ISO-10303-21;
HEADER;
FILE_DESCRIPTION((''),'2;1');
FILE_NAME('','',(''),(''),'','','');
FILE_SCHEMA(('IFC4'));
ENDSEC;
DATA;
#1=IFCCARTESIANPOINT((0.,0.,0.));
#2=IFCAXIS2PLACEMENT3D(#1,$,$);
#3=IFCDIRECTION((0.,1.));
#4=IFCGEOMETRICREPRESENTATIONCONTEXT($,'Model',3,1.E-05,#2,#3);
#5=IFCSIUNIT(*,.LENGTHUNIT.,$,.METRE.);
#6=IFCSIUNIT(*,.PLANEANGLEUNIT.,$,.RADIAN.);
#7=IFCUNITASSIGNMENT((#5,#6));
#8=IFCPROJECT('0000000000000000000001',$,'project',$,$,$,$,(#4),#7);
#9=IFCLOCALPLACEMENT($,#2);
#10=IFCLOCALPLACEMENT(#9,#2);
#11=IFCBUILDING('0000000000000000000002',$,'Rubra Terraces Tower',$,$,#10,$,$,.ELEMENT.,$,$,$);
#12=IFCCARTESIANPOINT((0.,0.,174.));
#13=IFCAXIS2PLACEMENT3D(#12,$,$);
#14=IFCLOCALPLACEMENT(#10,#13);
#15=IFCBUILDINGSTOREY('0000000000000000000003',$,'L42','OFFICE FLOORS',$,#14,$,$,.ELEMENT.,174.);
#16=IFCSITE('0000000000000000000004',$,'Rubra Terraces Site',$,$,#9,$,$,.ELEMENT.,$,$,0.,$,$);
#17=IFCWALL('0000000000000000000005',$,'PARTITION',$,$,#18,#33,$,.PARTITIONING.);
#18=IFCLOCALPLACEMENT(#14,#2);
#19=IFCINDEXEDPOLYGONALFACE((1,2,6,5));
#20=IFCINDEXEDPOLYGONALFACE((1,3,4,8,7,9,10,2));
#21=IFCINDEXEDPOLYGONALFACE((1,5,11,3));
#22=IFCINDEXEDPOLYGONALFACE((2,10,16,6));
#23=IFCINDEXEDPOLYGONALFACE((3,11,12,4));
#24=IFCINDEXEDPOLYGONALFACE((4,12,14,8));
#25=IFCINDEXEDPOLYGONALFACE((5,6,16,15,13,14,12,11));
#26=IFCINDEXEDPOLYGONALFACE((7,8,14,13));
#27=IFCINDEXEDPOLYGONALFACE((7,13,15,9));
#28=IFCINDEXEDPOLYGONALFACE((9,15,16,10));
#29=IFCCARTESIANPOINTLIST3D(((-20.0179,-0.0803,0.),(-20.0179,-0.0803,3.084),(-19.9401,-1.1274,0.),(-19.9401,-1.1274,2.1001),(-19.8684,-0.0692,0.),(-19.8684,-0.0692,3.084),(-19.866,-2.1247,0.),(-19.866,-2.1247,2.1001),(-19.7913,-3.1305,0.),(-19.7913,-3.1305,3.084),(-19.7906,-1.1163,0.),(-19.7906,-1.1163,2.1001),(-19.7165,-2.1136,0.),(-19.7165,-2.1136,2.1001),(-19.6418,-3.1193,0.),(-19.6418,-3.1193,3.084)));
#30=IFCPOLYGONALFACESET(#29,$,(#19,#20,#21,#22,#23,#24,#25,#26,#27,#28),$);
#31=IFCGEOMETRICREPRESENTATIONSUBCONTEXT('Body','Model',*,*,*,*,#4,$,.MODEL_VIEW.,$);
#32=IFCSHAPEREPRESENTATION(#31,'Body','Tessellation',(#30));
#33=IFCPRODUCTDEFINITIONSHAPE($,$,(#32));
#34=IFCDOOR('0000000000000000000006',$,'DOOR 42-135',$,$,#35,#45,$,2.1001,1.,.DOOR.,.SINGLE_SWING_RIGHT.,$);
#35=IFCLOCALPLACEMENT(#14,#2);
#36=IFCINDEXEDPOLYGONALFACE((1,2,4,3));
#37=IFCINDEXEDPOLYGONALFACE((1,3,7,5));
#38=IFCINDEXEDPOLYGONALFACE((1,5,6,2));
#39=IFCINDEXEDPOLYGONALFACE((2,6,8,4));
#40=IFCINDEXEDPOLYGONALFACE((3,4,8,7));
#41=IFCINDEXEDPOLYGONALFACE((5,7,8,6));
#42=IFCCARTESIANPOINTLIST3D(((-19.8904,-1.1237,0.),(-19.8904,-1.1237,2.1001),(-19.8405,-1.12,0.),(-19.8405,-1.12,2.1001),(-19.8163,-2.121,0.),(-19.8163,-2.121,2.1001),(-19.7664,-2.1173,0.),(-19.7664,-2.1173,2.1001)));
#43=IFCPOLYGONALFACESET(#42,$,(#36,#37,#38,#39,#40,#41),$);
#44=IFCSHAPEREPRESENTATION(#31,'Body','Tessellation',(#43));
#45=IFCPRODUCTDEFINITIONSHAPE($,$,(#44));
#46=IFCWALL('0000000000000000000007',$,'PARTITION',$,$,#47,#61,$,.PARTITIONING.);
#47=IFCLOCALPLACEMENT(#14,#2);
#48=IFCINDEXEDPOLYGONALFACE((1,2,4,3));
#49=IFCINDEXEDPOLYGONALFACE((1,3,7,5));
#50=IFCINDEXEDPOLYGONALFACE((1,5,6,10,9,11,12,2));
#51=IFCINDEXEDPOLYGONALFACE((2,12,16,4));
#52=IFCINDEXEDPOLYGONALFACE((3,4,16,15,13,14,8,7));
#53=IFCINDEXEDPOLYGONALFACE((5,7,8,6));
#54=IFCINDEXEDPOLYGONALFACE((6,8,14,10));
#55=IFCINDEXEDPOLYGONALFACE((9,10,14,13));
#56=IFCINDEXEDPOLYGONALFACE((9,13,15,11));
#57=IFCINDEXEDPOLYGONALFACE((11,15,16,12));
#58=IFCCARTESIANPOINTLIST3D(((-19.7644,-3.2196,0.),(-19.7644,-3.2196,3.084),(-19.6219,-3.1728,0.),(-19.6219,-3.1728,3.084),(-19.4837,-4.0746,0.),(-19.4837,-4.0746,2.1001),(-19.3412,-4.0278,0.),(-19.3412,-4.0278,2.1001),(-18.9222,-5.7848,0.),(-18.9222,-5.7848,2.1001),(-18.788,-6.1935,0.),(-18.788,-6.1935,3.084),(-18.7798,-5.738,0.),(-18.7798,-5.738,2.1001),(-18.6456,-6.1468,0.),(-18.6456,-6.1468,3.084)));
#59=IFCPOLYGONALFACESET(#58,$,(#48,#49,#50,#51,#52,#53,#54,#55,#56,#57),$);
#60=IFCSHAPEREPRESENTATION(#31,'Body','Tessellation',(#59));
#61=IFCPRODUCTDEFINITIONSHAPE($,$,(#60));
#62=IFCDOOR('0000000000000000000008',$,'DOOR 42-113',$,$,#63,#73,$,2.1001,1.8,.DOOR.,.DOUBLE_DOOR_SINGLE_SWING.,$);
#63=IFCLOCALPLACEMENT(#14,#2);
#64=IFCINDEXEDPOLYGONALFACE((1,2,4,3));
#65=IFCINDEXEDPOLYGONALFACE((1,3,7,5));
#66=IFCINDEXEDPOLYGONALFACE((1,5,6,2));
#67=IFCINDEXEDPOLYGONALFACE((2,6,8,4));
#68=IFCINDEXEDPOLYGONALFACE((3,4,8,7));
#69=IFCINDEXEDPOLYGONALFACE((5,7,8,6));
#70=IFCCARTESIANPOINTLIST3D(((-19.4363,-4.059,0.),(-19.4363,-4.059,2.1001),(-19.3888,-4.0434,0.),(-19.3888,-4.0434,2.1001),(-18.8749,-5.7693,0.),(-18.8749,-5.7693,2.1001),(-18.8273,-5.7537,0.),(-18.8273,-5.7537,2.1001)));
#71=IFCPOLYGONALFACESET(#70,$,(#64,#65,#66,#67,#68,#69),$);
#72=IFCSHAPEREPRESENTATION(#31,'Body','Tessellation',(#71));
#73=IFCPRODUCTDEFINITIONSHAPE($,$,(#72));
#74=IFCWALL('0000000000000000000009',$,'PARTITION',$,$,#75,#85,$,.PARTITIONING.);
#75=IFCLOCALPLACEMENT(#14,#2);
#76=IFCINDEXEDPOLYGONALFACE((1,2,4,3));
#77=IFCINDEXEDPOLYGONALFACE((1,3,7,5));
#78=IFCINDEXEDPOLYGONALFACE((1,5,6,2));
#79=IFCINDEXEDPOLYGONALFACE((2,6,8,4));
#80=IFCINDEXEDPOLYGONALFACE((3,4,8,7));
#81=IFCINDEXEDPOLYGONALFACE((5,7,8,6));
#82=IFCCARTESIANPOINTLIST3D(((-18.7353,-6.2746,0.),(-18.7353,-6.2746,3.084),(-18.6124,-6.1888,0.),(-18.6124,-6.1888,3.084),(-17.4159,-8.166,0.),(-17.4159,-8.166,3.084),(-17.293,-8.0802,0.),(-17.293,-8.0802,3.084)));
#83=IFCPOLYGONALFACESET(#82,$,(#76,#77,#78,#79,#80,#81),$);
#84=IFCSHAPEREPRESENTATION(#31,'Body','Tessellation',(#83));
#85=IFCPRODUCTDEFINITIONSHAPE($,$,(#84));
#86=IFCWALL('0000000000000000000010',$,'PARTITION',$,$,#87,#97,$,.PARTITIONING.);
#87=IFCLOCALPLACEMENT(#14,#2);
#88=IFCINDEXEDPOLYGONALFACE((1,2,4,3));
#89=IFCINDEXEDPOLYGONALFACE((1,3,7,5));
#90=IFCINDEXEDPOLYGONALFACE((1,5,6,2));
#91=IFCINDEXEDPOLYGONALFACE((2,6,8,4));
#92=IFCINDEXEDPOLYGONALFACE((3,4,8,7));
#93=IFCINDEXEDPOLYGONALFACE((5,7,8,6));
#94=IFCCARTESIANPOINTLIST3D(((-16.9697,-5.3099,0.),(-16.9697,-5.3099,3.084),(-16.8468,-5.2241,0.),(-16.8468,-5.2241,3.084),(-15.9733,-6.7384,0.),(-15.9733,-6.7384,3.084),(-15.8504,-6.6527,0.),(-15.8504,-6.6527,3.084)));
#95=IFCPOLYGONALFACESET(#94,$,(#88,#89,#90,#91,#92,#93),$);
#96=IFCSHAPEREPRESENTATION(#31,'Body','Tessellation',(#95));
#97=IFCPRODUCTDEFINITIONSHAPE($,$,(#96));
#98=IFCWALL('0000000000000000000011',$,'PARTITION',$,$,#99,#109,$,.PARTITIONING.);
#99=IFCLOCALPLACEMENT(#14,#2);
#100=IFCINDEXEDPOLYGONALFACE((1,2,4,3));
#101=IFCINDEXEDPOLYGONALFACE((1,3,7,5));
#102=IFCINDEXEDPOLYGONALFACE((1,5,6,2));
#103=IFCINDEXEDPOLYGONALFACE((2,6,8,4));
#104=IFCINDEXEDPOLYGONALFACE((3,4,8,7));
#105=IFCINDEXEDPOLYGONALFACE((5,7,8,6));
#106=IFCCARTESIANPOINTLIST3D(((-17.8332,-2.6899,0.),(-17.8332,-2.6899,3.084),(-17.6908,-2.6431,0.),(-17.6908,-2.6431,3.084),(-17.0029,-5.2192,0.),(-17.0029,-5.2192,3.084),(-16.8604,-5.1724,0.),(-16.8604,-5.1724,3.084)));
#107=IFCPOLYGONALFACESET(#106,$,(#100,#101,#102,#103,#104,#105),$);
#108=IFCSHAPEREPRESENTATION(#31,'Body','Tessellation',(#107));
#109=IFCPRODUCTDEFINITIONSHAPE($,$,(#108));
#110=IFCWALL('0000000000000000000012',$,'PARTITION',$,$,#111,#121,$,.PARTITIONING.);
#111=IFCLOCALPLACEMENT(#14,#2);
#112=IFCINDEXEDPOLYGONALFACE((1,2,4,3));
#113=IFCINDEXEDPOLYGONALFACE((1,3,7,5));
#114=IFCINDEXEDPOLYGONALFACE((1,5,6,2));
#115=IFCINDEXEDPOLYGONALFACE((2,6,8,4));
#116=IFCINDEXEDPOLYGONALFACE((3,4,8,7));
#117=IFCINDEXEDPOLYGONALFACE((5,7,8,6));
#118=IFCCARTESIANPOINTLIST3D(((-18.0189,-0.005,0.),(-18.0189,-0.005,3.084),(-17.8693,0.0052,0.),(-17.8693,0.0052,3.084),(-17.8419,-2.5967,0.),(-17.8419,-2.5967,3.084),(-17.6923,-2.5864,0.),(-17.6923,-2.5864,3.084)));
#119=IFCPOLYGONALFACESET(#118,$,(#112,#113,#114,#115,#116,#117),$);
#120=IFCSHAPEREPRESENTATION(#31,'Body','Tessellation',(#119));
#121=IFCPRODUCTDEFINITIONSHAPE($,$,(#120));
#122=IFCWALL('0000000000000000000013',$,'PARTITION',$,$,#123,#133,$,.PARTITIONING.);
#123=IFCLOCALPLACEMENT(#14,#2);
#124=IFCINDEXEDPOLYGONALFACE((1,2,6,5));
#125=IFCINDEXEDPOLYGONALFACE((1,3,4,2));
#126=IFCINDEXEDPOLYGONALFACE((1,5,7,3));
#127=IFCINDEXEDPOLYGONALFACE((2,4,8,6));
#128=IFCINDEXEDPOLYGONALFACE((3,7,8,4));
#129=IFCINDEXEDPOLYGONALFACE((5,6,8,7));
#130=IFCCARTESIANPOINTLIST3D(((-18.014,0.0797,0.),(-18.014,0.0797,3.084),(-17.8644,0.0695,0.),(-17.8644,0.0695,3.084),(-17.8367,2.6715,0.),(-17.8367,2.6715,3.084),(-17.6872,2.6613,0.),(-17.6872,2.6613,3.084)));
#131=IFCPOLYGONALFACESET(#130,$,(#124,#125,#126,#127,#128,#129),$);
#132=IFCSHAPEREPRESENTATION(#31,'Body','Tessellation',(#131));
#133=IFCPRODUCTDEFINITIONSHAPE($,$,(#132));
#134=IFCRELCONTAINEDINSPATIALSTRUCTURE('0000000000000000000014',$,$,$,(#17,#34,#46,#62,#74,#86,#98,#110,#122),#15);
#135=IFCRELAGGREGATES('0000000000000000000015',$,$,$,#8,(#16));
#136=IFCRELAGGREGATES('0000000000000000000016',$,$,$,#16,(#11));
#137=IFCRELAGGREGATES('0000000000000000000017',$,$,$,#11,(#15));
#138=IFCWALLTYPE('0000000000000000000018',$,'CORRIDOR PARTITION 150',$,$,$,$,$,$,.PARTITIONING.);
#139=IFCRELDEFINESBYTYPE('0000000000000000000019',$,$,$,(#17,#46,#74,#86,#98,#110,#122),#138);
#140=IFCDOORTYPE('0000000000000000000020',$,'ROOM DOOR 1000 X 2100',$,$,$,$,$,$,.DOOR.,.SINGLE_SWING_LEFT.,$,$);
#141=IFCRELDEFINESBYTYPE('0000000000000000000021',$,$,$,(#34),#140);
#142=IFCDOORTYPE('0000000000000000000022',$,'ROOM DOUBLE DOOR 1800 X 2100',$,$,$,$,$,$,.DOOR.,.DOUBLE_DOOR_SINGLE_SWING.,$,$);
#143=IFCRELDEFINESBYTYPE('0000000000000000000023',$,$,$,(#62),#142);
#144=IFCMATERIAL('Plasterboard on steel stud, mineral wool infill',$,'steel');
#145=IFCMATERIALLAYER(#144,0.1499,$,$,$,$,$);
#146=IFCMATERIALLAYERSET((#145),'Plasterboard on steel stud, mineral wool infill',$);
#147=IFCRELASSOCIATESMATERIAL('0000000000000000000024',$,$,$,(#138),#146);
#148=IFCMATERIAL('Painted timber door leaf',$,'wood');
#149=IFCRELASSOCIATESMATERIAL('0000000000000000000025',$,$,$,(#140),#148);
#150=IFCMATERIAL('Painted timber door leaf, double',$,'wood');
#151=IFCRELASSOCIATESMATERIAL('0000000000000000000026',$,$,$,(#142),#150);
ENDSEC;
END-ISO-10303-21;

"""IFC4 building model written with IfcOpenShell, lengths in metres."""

from ifc_helpers import new_model, si_unit, direction, frame, frame_2d, origin, place, context, subcontext, project, spatial, rectangle, extrude, material, layer, layer_set, type_object, element, fill, save


model = new_model("IFC4")

# Units and contexts
model_context = context("Model", 3, precision=1e-05, world=origin(), true_north=direction((0.0, 1.0)))
body_context = subcontext(model_context, "Body", "Model", "MODEL_VIEW")
ifc_project = project(units=[si_unit("LENGTHUNIT", "METRE"), si_unit("PLANEANGLEUNIT", "RADIAN")], contexts=[model_context])

# Site, building, storey
site_placement = place(None, origin())
site = spatial("IfcSite", under=ifc_project, at=site_placement, Name="Rubra Terraces Site", CompositionType="ELEMENT", RefElevation=0.0)
building_placement = place(site_placement, origin())
building = spatial("IfcBuilding", under=site, at=building_placement, Name="Rubra Terraces Tower", CompositionType="ELEMENT")
storey_placement = place(building_placement, frame((0.0, 0.0, 174.0)))
storey = spatial("IfcBuildingStorey", under=building, at=storey_placement, Name="L42", Description="OFFICE FLOORS", CompositionType="ELEMENT", Elevation=174.0)

# Walls, openings, doors
ifc_material_1 = material(Name="Plasterboard on steel stud, mineral wool infill", Category="steel")
ifc_layer_1 = layer(ifc_material_1, 0.1499)
ifc_layer_set_1 = layer_set([ifc_layer_1], Name="Plasterboard on steel stud, mineral wool infill")
wall_type_1 = type_object("IfcWallType", Name="CORRIDOR PARTITION 150", PredefinedType="PARTITIONING", material=ifc_layer_set_1)
wall_1_placement = place(storey_placement, frame((-19.9431, -0.0747, 0.0), z_axis=(0.0, 0.0, 1.0), x_axis=(0.074072, -0.997253, 0.0)))
wall_1 = element("IfcWall", 1, at=wall_1_placement, inside=storey, type_object=wall_type_1, Name="PARTITION", PredefinedType="PARTITIONING", context=body_context, shape_type="SweptSolid", body=[
    extrude(rectangle(XDim=3.0586, YDim=0.1499, at=frame_2d((1.5293, 0.0))), origin(), (0.0, 0.0, 1.0), 3.084),
])
opening_1_placement = place(wall_1_placement, frame((1.05, 0.0, 0.0)))
opening_1 = element("IfcOpeningElement", 2, at=opening_1_placement, cuts=wall_1, PredefinedType="OPENING", context=body_context, shape_type="SweptSolid", body=[
    extrude(rectangle(XDim=1.0, YDim=2.1001, at=frame_2d((0.5, 1.05))), frame((0.0, 0.085, 0.0), z_axis=(0.0, -1.0, 0.0), x_axis=(1.0, 0.0, 0.0)), (0.0, 0.0, 1.0), 0.1699),
])
ifc_material_2 = material(Name="Painted timber door leaf", Category="wood")
door_type_1 = type_object("IfcDoorType", Name="ROOM DOOR 1000 X 2100", OperationType="SINGLE_SWING_LEFT", PredefinedType="DOOR", material=ifc_material_2)
door_1_placement = place(opening_1_placement, origin())
door_1 = element("IfcDoor", 3, at=door_1_placement, inside=storey, type_object=door_type_1, Name="DOOR 42-135", OperationType="SINGLE_SWING_RIGHT", OverallHeight=2.1001, OverallWidth=1.0, PredefinedType="DOOR", context=body_context, shape_type="SweptSolid", body=[
    extrude(rectangle(XDim=1.0, YDim=2.1001, at=frame_2d((0.5, 1.05))), frame((0.0, 0.0249, 0.0), z_axis=(0.0, -1.0, 0.0), x_axis=(1.0, 0.0, 0.0)), (0.0, 0.0, 1.0), 0.05),
])
fill(opening_1, door_1)
wall_2_placement = place(storey_placement, frame((-19.6931, -3.1963, 0.0), z_axis=(0.0, 0.0, 1.0), x_axis=(0.311919, -0.950109, 0.0)))
wall_2 = element("IfcWall", 4, at=wall_2_placement, inside=storey, type_object=wall_type_1, Name="PARTITION", PredefinedType="PARTITIONING", context=body_context, shape_type="SweptSolid", body=[
    extrude(rectangle(XDim=3.1301, YDim=0.1499, at=frame_2d((1.5649, 0.0))), origin(), (0.0, 0.0, 1.0), 3.084),
])
opening_2_placement = place(wall_2_placement, frame((0.8999, 0.0, 0.0)))
opening_2 = element("IfcOpeningElement", 5, at=opening_2_placement, cuts=wall_2, PredefinedType="OPENING", context=body_context, shape_type="SweptSolid", body=[
    extrude(rectangle(XDim=1.8, YDim=2.1001, at=frame_2d((0.8999, 1.05))), frame((0.0, 0.085, 0.0), z_axis=(0.0, -1.0, 0.0), x_axis=(1.0, 0.0, 0.0)), (0.0, 0.0, 1.0), 0.1699),
])
ifc_material_3 = material(Name="Painted timber door leaf, double", Category="wood")
door_type_2 = type_object("IfcDoorType", Name="ROOM DOUBLE DOOR 1800 X 2100", OperationType="DOUBLE_DOOR_SINGLE_SWING", PredefinedType="DOOR", material=ifc_material_3)
door_2_placement = place(opening_2_placement, origin())
door_2 = element("IfcDoor", 6, at=door_2_placement, inside=storey, type_object=door_type_2, Name="DOOR 42-113", OperationType="DOUBLE_DOOR_SINGLE_SWING", OverallHeight=2.1001, OverallWidth=1.8, PredefinedType="DOOR", context=body_context, shape_type="SweptSolid", body=[
    extrude(rectangle(XDim=1.8, YDim=2.1001, at=frame_2d((0.8999, 1.05))), frame((0.0, 0.0249, 0.0), z_axis=(0.0, -1.0, 0.0), x_axis=(1.0, 0.0, 0.0)), (0.0, 0.0, 1.0), 0.05),
])
fill(opening_2, door_2)

# Wall
wall_3_placement = place(storey_placement, frame((-18.6738, -6.2317, 0.0), z_axis=(0.0, 0.0, 1.0), x_axis=(0.572119, -0.820171, 0.0)))
element("IfcWall", 7, at=wall_3_placement, inside=storey, type_object=wall_type_1, Name="PARTITION", PredefinedType="PARTITIONING", context=body_context, shape_type="SweptSolid", body=[
    extrude(rectangle(XDim=2.3062, YDim=0.1499, at=frame_2d((1.1531, 0.0))), origin(), (0.0, 0.0, 1.0), 3.084),
])

# Walls
wall_4_placement = place(storey_placement, frame((-15.9119, -6.6956, 0.0), z_axis=(0.0, 0.0, 1.0), x_axis=(-0.572079, 0.820199, 0.0)))
element("IfcWall", 8, at=wall_4_placement, inside=storey, type_object=wall_type_1, Name="PARTITION", PredefinedType="PARTITIONING", context=body_context, shape_type="SweptSolid", body=[
    extrude(rectangle(XDim=1.7417, YDim=0.1499, at=frame_2d((0.8708, 0.0))), origin(), (0.0, 0.0, 1.0), 3.084),
])
wall_5_placement = place(storey_placement, frame((-16.9316, -5.1958, 0.0), z_axis=(0.0, 0.0, 1.0), x_axis=(-0.311905, 0.950113, 0.0)))
element("IfcWall", 9, at=wall_5_placement, inside=storey, type_object=wall_type_1, Name="PARTITION", PredefinedType="PARTITIONING", context=body_context, shape_type="SweptSolid", body=[
    extrude(rectangle(XDim=2.6621, YDim=0.1499, at=frame_2d((1.3311, 0.0))), origin(), (0.0, 0.0, 1.0), 3.084),
])
wall_6_placement = place(storey_placement, frame((-17.7671, -2.5916, 0.0), z_axis=(0.0, 0.0, 1.0), x_axis=(-0.068141, 0.997676, 0.0)))
element("IfcWall", 10, at=wall_6_placement, inside=storey, type_object=wall_type_1, Name="PARTITION", PredefinedType="PARTITIONING", context=body_context, shape_type="SweptSolid", body=[
    extrude(rectangle(XDim=2.5977, YDim=0.1499, at=frame_2d((1.2988, 0.0))), origin(), (0.0, 0.0, 1.0), 3.084),
])
wall_7_placement = place(storey_placement, frame((-17.9392, 0.0747, 0.0), z_axis=(0.0, 0.0, 1.0), x_axis=(0.068228, 0.99767, 0.0)))
element("IfcWall", 11, at=wall_7_placement, inside=storey, type_object=wall_type_1, Name="PARTITION", PredefinedType="PARTITIONING", context=body_context, shape_type="SweptSolid", body=[
    extrude(rectangle(XDim=2.5979, YDim=0.1499, at=frame_2d((1.2988, 0.0))), origin(), (0.0, 0.0, 1.0), 3.084),
])

save(model, "model.ifc")
